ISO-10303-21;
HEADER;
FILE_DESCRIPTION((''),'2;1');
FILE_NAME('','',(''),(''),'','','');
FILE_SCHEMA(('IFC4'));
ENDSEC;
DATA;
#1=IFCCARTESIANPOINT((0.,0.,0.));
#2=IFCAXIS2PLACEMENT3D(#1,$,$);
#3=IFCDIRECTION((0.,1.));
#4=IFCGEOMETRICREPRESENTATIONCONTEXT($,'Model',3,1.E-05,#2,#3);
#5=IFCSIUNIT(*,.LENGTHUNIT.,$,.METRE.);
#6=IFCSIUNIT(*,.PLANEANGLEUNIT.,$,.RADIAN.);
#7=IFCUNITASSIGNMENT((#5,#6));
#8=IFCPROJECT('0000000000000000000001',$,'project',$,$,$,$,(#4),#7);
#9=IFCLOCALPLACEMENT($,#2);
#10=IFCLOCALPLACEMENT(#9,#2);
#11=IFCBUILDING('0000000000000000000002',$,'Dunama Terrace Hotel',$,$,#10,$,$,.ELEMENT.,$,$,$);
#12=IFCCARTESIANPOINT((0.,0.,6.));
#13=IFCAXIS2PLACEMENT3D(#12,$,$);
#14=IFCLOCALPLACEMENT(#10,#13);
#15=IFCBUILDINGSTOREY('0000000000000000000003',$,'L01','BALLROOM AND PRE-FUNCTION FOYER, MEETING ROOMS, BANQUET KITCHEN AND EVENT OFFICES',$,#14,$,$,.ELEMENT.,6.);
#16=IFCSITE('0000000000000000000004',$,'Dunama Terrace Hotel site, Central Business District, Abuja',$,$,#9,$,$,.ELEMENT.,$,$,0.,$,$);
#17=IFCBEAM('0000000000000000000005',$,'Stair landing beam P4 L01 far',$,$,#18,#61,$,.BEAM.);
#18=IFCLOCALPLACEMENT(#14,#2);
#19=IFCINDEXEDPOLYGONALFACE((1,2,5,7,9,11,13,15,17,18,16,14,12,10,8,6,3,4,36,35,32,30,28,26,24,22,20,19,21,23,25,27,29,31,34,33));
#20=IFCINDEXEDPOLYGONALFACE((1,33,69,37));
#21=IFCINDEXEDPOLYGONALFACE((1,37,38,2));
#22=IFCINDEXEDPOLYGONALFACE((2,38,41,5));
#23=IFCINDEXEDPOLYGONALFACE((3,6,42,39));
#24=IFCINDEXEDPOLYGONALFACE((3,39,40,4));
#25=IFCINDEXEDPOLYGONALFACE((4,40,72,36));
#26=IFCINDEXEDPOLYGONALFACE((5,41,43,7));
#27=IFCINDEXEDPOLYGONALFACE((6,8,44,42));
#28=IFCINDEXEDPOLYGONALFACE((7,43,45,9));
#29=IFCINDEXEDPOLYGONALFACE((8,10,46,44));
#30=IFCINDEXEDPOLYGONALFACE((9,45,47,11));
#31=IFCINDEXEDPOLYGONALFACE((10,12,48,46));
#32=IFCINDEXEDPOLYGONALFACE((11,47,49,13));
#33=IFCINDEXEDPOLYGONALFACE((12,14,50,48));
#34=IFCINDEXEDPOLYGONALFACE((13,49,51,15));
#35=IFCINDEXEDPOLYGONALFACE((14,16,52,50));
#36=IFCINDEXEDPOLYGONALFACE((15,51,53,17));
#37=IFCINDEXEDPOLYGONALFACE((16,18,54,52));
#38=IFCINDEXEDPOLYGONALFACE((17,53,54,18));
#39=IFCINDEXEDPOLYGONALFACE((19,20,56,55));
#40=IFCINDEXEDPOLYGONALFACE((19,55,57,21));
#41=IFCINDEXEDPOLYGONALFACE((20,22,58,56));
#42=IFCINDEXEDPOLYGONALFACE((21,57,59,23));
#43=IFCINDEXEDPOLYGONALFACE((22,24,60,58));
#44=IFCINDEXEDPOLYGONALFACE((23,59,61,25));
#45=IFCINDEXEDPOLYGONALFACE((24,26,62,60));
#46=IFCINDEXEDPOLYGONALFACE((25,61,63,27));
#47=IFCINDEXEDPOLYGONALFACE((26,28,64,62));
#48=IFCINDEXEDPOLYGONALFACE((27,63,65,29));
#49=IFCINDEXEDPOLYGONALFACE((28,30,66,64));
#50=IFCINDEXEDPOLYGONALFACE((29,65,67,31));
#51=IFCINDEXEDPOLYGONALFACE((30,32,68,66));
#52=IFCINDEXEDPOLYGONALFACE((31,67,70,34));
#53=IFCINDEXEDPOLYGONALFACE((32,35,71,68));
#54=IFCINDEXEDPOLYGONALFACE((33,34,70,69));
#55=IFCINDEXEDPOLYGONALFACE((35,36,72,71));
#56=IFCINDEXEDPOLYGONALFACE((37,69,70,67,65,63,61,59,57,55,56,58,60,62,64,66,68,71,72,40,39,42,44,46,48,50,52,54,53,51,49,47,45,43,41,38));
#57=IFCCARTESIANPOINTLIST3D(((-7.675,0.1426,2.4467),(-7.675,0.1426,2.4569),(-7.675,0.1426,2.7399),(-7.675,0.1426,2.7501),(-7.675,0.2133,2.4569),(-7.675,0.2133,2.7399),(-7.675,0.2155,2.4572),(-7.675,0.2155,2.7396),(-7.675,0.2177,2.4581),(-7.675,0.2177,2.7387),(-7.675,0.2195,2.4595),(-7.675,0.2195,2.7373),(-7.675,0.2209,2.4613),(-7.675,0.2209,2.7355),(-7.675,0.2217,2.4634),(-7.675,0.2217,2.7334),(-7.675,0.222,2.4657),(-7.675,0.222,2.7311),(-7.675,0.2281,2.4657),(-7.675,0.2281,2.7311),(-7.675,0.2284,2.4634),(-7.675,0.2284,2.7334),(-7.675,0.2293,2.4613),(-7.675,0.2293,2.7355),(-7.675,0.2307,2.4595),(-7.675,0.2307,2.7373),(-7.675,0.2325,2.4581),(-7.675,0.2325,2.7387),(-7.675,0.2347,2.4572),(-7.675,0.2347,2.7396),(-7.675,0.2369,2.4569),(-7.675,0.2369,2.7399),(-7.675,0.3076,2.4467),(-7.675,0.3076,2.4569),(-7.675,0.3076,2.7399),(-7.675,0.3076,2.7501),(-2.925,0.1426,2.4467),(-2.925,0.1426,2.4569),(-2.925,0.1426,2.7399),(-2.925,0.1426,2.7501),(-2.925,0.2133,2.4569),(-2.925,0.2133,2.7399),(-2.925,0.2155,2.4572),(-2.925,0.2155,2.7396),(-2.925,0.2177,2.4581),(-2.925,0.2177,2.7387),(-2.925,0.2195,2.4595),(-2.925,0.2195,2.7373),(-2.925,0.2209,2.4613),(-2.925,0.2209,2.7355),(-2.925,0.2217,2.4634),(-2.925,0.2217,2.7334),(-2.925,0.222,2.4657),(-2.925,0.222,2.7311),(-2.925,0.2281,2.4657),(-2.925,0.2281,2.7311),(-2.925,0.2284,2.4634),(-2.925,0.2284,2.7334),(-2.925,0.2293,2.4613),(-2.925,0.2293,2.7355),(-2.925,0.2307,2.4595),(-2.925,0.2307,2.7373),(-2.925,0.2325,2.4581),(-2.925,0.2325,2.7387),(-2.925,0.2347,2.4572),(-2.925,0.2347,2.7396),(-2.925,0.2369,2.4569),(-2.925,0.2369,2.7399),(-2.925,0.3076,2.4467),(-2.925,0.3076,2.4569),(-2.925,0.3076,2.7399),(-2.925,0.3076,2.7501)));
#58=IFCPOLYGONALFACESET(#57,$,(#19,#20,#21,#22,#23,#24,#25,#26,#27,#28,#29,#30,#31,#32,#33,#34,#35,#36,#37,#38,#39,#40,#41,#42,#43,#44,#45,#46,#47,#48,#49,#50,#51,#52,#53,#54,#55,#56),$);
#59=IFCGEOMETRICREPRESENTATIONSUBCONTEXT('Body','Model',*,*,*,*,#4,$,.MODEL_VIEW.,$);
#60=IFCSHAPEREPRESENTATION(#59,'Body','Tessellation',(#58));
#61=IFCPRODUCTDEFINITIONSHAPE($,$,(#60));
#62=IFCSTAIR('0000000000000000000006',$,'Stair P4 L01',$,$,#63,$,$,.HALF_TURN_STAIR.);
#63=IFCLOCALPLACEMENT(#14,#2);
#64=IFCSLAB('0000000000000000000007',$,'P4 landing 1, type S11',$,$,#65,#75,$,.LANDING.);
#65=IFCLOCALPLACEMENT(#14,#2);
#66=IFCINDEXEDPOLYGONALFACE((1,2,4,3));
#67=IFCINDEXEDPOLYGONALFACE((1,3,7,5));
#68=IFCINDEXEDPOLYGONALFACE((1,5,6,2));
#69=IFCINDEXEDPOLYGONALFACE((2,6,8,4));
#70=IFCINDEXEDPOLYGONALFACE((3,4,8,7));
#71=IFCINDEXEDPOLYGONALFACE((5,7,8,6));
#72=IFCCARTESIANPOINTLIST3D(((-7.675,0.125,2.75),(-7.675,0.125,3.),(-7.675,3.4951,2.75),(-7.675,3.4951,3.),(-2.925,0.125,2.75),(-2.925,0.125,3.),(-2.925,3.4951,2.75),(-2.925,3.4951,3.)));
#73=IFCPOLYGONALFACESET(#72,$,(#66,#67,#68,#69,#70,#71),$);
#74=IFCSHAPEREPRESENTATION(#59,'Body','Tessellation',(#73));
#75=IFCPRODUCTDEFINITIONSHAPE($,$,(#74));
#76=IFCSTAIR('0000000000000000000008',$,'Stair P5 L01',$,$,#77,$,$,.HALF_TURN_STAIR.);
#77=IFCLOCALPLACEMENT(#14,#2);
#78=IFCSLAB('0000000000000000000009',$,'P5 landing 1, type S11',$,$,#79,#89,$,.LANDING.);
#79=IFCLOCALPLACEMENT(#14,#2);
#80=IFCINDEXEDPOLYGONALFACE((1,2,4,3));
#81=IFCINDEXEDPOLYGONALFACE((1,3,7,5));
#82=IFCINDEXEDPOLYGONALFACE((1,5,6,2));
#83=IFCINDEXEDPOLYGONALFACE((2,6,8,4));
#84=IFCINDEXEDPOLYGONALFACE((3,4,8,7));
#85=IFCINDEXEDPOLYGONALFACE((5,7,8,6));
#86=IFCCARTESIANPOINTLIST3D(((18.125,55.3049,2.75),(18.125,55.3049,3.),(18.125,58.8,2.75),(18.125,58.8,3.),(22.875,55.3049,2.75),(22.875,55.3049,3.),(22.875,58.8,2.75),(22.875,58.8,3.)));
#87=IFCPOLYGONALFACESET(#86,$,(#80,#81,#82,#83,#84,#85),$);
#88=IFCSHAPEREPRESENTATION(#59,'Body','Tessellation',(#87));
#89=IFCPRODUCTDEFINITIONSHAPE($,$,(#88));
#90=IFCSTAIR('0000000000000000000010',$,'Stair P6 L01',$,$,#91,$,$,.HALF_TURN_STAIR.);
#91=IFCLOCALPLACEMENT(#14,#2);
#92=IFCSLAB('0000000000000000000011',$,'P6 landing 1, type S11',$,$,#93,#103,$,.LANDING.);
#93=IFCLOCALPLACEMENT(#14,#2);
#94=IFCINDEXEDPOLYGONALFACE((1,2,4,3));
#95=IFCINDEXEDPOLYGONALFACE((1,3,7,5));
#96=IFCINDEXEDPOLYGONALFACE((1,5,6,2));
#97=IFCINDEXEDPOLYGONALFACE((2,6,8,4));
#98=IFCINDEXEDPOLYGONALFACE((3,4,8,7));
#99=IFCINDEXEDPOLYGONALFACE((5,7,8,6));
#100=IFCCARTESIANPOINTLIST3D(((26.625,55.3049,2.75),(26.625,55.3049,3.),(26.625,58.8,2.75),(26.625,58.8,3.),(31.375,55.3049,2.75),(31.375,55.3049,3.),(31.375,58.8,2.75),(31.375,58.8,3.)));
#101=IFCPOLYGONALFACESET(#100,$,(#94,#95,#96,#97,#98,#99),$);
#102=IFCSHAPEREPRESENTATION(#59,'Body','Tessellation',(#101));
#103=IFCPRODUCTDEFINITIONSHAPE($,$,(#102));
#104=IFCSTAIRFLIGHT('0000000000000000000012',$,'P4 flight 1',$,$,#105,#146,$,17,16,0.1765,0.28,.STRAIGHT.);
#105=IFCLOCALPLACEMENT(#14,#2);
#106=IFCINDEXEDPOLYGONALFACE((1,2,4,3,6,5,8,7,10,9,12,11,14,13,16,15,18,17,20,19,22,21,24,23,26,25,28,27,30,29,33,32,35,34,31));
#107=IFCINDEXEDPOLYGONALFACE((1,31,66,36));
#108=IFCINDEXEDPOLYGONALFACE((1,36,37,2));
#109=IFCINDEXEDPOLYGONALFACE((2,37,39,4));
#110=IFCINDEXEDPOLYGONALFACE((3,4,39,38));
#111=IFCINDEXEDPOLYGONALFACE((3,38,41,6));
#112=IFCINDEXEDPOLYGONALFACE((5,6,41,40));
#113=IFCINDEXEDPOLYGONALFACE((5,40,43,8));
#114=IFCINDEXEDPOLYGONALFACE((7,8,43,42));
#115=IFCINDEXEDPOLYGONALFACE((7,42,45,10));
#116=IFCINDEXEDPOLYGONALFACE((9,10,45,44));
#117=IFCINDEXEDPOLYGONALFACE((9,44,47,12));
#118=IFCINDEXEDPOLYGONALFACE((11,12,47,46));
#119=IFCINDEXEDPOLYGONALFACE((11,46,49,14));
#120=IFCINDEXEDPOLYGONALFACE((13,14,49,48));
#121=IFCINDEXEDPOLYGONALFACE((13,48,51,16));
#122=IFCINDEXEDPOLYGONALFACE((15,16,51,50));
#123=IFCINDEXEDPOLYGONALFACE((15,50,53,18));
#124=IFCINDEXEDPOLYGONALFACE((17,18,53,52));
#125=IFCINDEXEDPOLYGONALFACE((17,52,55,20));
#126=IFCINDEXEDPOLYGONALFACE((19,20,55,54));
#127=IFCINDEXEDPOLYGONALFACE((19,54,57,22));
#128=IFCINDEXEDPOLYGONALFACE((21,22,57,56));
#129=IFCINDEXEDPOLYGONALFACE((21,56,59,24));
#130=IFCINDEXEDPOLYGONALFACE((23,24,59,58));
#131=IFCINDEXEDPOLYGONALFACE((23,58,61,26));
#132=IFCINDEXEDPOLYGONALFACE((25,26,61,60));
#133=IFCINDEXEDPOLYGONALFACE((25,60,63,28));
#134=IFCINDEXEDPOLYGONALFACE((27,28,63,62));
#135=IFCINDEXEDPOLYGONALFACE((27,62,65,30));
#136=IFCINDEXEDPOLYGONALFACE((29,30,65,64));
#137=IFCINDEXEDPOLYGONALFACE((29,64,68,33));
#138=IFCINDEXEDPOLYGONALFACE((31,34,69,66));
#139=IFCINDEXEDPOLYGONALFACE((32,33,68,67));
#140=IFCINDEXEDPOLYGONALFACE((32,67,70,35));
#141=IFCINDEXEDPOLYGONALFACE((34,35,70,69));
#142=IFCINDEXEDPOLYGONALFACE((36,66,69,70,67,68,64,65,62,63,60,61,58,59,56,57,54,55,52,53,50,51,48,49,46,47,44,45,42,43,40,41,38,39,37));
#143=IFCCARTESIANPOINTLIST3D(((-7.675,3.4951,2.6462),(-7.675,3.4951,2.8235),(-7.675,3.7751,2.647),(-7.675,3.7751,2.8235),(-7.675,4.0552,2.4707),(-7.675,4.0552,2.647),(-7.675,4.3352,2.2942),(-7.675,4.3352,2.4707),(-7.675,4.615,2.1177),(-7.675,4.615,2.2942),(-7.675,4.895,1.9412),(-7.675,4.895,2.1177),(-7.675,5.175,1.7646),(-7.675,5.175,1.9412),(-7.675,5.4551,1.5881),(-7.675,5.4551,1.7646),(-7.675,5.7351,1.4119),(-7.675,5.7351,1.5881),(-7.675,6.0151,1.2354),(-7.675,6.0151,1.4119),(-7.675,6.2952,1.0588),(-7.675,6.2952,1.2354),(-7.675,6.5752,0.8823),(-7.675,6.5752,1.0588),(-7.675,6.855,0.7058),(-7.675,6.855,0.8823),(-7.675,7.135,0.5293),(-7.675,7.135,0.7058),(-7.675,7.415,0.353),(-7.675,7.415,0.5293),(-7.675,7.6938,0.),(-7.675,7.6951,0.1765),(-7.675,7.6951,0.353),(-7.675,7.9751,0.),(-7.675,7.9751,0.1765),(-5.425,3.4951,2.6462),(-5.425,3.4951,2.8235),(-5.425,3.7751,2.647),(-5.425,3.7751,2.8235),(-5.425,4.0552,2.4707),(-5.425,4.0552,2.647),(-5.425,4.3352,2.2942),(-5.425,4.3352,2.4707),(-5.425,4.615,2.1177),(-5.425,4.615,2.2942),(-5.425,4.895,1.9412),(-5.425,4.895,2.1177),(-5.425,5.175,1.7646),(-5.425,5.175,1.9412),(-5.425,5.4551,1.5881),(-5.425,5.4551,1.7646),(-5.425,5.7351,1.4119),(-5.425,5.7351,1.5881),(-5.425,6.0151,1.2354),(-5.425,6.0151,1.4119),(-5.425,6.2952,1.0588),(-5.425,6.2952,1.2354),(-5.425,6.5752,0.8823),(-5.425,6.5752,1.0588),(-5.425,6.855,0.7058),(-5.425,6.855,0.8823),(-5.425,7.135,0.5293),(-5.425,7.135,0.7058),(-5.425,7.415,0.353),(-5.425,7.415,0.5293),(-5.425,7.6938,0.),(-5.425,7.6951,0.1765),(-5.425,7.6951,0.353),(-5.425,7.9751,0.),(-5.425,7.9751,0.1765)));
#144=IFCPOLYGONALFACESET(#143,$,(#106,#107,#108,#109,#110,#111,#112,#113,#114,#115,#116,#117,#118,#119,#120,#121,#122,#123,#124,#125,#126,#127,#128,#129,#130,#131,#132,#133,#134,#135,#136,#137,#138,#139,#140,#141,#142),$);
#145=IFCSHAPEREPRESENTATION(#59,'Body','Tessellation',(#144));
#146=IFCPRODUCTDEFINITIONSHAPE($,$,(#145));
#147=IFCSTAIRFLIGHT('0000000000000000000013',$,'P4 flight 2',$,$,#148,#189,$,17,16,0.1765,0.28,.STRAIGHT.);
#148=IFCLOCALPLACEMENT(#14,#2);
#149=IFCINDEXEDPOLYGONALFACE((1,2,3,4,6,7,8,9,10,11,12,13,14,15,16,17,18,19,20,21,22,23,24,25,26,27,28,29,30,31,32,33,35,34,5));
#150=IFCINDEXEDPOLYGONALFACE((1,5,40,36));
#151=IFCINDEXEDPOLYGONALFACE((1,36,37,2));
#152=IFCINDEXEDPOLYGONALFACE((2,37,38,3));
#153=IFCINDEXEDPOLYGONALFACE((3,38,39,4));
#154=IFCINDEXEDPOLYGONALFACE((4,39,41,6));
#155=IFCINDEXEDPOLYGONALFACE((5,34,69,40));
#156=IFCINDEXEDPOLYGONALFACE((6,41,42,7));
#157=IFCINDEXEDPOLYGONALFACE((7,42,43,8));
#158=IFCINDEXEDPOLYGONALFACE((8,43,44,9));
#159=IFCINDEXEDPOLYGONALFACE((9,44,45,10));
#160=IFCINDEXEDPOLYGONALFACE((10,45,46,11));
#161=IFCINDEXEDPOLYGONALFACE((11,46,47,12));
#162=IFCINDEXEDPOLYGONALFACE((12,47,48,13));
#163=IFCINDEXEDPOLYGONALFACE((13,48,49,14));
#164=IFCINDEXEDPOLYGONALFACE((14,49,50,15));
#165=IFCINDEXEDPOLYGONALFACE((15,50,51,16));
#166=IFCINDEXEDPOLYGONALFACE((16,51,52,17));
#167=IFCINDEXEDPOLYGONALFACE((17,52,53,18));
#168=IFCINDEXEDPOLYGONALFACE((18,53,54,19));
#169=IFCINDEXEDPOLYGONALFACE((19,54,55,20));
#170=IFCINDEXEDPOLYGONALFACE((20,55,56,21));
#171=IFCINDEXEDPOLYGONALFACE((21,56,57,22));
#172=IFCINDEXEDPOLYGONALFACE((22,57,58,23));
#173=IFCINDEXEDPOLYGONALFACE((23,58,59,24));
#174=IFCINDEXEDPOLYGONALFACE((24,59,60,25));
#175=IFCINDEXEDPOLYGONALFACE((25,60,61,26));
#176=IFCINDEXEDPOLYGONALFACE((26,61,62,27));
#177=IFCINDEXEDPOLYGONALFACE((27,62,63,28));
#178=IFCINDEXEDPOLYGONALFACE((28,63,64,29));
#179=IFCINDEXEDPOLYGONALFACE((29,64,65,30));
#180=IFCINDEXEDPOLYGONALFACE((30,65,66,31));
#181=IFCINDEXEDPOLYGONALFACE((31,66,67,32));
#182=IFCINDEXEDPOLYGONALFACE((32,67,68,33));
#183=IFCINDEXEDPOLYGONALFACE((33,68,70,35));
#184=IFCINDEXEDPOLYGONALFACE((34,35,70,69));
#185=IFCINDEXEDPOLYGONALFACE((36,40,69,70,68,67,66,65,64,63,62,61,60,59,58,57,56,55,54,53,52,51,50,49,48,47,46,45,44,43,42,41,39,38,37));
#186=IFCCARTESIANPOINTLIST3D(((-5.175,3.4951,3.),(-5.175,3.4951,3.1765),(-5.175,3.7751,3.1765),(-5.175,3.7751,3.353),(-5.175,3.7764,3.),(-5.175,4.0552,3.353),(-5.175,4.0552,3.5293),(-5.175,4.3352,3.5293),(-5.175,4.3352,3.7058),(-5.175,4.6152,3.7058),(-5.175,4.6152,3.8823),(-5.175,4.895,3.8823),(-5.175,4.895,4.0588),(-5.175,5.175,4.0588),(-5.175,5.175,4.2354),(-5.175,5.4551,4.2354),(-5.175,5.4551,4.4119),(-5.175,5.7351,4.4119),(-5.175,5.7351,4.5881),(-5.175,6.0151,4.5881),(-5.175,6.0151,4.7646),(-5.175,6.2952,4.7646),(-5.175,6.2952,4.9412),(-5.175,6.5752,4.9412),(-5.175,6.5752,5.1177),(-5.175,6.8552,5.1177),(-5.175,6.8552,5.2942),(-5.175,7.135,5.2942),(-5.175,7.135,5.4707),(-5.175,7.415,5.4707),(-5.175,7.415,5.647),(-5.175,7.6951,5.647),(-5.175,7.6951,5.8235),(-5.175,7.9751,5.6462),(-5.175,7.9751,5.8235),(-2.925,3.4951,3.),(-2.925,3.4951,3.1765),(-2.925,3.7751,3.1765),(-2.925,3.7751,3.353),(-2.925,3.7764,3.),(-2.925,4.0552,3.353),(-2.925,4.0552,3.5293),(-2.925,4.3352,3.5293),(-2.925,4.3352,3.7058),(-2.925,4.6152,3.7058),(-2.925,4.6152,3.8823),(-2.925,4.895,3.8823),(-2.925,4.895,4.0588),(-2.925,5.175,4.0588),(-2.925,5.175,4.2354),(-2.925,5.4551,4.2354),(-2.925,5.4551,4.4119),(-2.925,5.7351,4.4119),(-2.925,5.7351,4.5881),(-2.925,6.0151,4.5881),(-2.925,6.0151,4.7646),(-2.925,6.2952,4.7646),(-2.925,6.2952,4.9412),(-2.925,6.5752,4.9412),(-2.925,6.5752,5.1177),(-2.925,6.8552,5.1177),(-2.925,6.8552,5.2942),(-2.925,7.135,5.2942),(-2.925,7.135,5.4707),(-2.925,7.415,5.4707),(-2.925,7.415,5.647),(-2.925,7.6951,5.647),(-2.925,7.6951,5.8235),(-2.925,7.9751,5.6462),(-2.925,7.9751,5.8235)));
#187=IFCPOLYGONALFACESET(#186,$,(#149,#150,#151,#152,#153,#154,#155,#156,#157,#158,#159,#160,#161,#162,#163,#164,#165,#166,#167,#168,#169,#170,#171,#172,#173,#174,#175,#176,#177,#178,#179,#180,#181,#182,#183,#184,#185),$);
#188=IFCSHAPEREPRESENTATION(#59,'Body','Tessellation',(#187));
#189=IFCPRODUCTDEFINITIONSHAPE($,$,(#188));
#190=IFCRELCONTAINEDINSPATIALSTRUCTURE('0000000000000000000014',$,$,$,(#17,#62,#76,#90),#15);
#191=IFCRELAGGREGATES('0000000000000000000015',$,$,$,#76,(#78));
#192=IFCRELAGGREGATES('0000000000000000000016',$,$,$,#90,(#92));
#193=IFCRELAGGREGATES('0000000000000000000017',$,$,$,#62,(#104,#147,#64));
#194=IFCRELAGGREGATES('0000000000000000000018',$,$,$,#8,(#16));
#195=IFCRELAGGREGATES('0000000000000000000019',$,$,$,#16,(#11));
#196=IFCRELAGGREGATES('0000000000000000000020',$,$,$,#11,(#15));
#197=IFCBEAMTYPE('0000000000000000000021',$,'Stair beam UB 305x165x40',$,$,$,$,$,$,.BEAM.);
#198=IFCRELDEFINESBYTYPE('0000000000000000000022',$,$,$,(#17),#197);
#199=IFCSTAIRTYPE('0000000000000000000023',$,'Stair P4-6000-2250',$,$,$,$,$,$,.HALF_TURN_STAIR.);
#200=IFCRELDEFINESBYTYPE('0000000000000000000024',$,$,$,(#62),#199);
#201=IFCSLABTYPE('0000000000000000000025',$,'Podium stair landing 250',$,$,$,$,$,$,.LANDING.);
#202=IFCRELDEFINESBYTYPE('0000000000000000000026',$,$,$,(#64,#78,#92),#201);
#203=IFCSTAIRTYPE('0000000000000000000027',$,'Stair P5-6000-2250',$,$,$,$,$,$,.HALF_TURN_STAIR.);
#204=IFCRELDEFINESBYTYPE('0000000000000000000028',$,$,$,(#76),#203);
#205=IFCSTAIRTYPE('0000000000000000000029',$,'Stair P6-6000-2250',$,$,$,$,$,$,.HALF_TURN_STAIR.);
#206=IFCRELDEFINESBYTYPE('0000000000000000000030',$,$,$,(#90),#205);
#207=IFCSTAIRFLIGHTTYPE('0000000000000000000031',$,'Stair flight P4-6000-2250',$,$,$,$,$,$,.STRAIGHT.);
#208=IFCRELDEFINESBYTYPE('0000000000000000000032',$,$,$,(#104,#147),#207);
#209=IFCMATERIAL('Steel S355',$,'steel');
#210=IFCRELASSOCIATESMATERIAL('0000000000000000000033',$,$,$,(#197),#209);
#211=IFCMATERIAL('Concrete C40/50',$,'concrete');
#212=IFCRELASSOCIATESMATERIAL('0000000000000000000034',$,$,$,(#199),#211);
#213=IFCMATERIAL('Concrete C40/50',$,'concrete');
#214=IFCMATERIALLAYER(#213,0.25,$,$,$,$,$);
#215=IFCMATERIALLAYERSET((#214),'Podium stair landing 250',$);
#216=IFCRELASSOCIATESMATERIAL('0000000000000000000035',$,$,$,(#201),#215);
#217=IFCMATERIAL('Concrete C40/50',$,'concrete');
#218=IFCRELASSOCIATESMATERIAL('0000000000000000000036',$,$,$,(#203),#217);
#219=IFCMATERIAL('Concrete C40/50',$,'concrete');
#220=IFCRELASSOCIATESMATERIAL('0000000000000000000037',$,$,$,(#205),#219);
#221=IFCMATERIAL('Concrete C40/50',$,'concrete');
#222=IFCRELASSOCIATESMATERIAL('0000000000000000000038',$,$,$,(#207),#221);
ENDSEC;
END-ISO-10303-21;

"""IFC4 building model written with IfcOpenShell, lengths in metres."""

from ifc_helpers import new_model, si_unit, direction, frame, origin, origin_2d, place, context, subcontext, project, spatial, polyline, i_section, outline, extrude, material, layer, layer_set, material_profile, profile_set, type_object, element, aggregate, save


model = new_model("IFC4")

# Units and contexts
model_context = context("Model", 3, precision=1e-05, world=origin(), true_north=direction((0.0, 1.0)))
body_context = subcontext(model_context, "Body", "Model", "MODEL_VIEW")
ifc_project = project(units=[si_unit("LENGTHUNIT", "METRE"), si_unit("PLANEANGLEUNIT", "RADIAN")], contexts=[model_context])

# Site, building, storey
site_placement = place(None, origin())
site = spatial("IfcSite", under=ifc_project, at=site_placement, Name="Dunama Terrace Hotel site, Central Business District, Abuja", CompositionType="ELEMENT", RefElevation=0.0)
building_placement = place(site_placement, origin())
building = spatial("IfcBuilding", under=site, at=building_placement, Name="Dunama Terrace Hotel", CompositionType="ELEMENT")
storey_placement = place(building_placement, frame((0.0, 0.0, 6.0)))
storey = spatial("IfcBuildingStorey", under=building, at=storey_placement, Name="L01", Description="BALLROOM AND PRE-FUNCTION FOYER, MEETING ROOMS, BANQUET KITCHEN AND EVENT OFFICES", CompositionType="ELEMENT", Elevation=6.0)

# Beam
ifc_material_1 = material(Name="Steel S355", Category="steel")
ifc_material_profile_1 = material_profile(ifc_material_1, i_section(OverallWidth=0.165, OverallDepth=0.3035, WebThickness=0.0061, FlangeThickness=0.0103, FilletRadius=0.0088, at=origin_2d()), Name="UB 305x165x40")
ifc_profile_set_1 = profile_set([ifc_material_profile_1], Name="Steel S355")
beam_type = type_object("IfcBeamType", Name="Stair beam UB 305x165x40", PredefinedType="BEAM", material=ifc_profile_set_1)
for number, where, z_axis, x_axis, name in (
    (1, (-7.675, 0.2251, 2.5984), (1.0, 0.0, 0.0), (0.0, 1.0, 0.0), "Stair landing beam P4 L01 far"),
):
    element("IfcBeam", number, at=place(storey_placement, frame(where, z_axis=z_axis, x_axis=x_axis)), inside=storey, type_object=beam_type, Name=name, PredefinedType="BEAM", context=body_context, shape_type="SweptSolid", body=[
        extrude(i_section(OverallWidth=0.165, OverallDepth=0.3035, WebThickness=0.0061, FlangeThickness=0.0103, FilletRadius=0.0088, at=origin_2d()), origin(), (0.0, 0.0, 1.0), 4.75),
    ])

# Stairs, slabs
ifc_material_2 = material(Name="Concrete C40/50", Category="concrete")
stair_type_1 = type_object("IfcStairType", Name="Stair P4-6000-2250", PredefinedType="HALF_TURN_STAIR", material=ifc_material_2)
stair_1_placement = place(storey_placement, origin())
stair_1 = element("IfcStair", 2, at=stair_1_placement, inside=storey, type_object=stair_type_1, Name="Stair P4 L01", PredefinedType="HALF_TURN_STAIR")
ifc_material_3 = material(Name="Concrete C40/50", Category="concrete")
ifc_layer_1 = layer(ifc_material_3, 0.25)
ifc_layer_set_1 = layer_set([ifc_layer_1], Name="Podium stair landing 250")
slab_type = type_object("IfcSlabType", Name="Podium stair landing 250", PredefinedType="LANDING", material=ifc_layer_set_1)
slab_1_placement = place(storey_placement, frame((0.0, 0.0, 2.75)))
slab_1 = element("IfcSlab", 3, at=slab_1_placement, type_object=slab_type, Name="P4 landing 1, type S11", PredefinedType="LANDING", context=body_context, shape_type="SweptSolid", body=[
    extrude(outline(polyline([(-7.675, 0.125), (-2.925, 0.125), (-2.925, 3.4951), (-7.675, 3.4951), (-7.675, 0.125)])), origin(), (0.0, 0.0, 1.0), 0.25),
])
ifc_material_4 = material(Name="Concrete C40/50", Category="concrete")
stair_type_2 = type_object("IfcStairType", Name="Stair P5-6000-2250", PredefinedType="HALF_TURN_STAIR", material=ifc_material_4)
stair_2_placement = place(storey_placement, origin())
stair_2 = element("IfcStair", 4, at=stair_2_placement, inside=storey, type_object=stair_type_2, Name="Stair P5 L01", PredefinedType="HALF_TURN_STAIR")
slab_2_placement = place(storey_placement, frame((0.0, 0.0, 2.75)))
slab_2 = element("IfcSlab", 5, at=slab_2_placement, type_object=slab_type, Name="P5 landing 1, type S11", PredefinedType="LANDING", context=body_context, shape_type="SweptSolid", body=[
    extrude(outline(polyline([(18.125, 55.3049), (22.875, 55.3049), (22.875, 58.8), (18.125, 58.8), (18.125, 55.3049)])), origin(), (0.0, 0.0, 1.0), 0.25),
])
aggregate(stair_2, [slab_2])
ifc_material_5 = material(Name="Concrete C40/50", Category="concrete")
stair_type_3 = type_object("IfcStairType", Name="Stair P6-6000-2250", PredefinedType="HALF_TURN_STAIR", material=ifc_material_5)
stair_3_placement = place(storey_placement, origin())
stair_3 = element("IfcStair", 6, at=stair_3_placement, inside=storey, type_object=stair_type_3, Name="Stair P6 L01", PredefinedType="HALF_TURN_STAIR")
slab_3_placement = place(storey_placement, frame((0.0, 0.0, 2.75)))
slab_3 = element("IfcSlab", 7, at=slab_3_placement, type_object=slab_type, Name="P6 landing 1, type S11", PredefinedType="LANDING", context=body_context, shape_type="SweptSolid", body=[
    extrude(outline(polyline([(26.625, 55.3049), (31.375, 55.3049), (31.375, 58.8), (26.625, 58.8), (26.625, 55.3049)])), origin(), (0.0, 0.0, 1.0), 0.25),
])
aggregate(stair_3, [slab_3])

# Stair flights
ifc_material_6 = material(Name="Concrete C40/50", Category="concrete")
stair_flight_type = type_object("IfcStairFlightType", Name="Stair flight P4-6000-2250", PredefinedType="STRAIGHT", material=ifc_material_6)
stair_flight_1_placement = place(storey_placement, frame((-6.55, 7.9751, 0.0), z_axis=(0.0, 0.0, 1.0), x_axis=(0.0, -1.0, 0.0)))
stair_flight_1 = element("IfcStairFlight", 8, at=stair_flight_1_placement, type_object=stair_flight_type, Name="P4 flight 1", NumberOfRisers=17, NumberOfTreads=16, PredefinedType="STRAIGHT", RiserHeight=0.1765, TreadLength=0.28, context=body_context, shape_type="SweptSolid", body=[
    extrude(outline(polyline([(0.0, 0.0), (0.0, 0.1765), (0.28, 0.1765), (0.28, 0.353), (0.5601, 0.353), (0.5601, 0.5293), (0.8401, 0.5293), (0.8401, 0.7058), (1.1201, 0.7058), (1.1201, 0.8823), (1.3999, 0.8823), (1.3999, 1.0588), (1.6799, 1.0588), (1.6799, 1.2354), (1.96, 1.2354), (1.96, 1.4119), (2.24, 1.4119), (2.24, 1.5881), (2.52, 1.5881), (2.52, 1.7646), (2.8, 1.7646), (2.8, 1.9412), (3.0801, 1.9412), (3.0801, 2.1177), (3.3601, 2.1177), (3.3601, 2.2942), (3.6399, 2.2942), (3.6399, 2.4707), (3.9199, 2.4707), (3.9199, 2.647), (4.2, 2.647), (4.2, 2.8235), (4.48, 2.8235), (4.48, 3.0), (4.48, 2.6462), (0.2812, 0.0), (0.0, 0.0)])), frame((0.0, 1.125, 0.0), z_axis=(0.0, -1.0, 0.0), x_axis=(1.0, 0.0, 0.0)), (0.0, 0.0, 1.0), 2.25),
])
stair_flight_2_placement = place(storey_placement, frame((-4.05, 3.4951, 3.0), z_axis=(0.0, 0.0, 1.0), x_axis=(0.0, 1.0, 0.0)))
stair_flight_2 = element("IfcStairFlight", 9, at=stair_flight_2_placement, type_object=stair_flight_type, Name="P4 flight 2", NumberOfRisers=17, NumberOfTreads=16, PredefinedType="STRAIGHT", RiserHeight=0.1765, TreadLength=0.28, context=body_context, shape_type="SweptSolid", body=[
    extrude(outline(polyline([(0.0, 0.0), (0.0, 0.1765), (0.28, 0.1765), (0.28, 0.353), (0.5601, 0.353), (0.5601, 0.5293), (0.8401, 0.5293), (0.8401, 0.7058), (1.1201, 0.7058), (1.1201, 0.8823), (1.3999, 0.8823), (1.3999, 1.0588), (1.6799, 1.0588), (1.6799, 1.2354), (1.96, 1.2354), (1.96, 1.4119), (2.24, 1.4119), (2.24, 1.5881), (2.52, 1.5881), (2.52, 1.7646), (2.8, 1.7646), (2.8, 1.9412), (3.0801, 1.9412), (3.0801, 2.1177), (3.3601, 2.1177), (3.3601, 2.2942), (3.6399, 2.2942), (3.6399, 2.4707), (3.9199, 2.4707), (3.9199, 2.647), (4.2, 2.647), (4.2, 2.8235), (4.48, 2.8235), (4.48, 3.0), (4.48, 2.6462), (0.2812, 0.0), (0.0, 0.0)])), frame((0.0, 1.125, 0.0), z_axis=(0.0, -1.0, 0.0), x_axis=(1.0, 0.0, 0.0)), (0.0, 0.0, 1.0), 2.25),
])
aggregate(stair_1, [stair_flight_1, stair_flight_2, slab_1])

save(model, "model.ifc")
